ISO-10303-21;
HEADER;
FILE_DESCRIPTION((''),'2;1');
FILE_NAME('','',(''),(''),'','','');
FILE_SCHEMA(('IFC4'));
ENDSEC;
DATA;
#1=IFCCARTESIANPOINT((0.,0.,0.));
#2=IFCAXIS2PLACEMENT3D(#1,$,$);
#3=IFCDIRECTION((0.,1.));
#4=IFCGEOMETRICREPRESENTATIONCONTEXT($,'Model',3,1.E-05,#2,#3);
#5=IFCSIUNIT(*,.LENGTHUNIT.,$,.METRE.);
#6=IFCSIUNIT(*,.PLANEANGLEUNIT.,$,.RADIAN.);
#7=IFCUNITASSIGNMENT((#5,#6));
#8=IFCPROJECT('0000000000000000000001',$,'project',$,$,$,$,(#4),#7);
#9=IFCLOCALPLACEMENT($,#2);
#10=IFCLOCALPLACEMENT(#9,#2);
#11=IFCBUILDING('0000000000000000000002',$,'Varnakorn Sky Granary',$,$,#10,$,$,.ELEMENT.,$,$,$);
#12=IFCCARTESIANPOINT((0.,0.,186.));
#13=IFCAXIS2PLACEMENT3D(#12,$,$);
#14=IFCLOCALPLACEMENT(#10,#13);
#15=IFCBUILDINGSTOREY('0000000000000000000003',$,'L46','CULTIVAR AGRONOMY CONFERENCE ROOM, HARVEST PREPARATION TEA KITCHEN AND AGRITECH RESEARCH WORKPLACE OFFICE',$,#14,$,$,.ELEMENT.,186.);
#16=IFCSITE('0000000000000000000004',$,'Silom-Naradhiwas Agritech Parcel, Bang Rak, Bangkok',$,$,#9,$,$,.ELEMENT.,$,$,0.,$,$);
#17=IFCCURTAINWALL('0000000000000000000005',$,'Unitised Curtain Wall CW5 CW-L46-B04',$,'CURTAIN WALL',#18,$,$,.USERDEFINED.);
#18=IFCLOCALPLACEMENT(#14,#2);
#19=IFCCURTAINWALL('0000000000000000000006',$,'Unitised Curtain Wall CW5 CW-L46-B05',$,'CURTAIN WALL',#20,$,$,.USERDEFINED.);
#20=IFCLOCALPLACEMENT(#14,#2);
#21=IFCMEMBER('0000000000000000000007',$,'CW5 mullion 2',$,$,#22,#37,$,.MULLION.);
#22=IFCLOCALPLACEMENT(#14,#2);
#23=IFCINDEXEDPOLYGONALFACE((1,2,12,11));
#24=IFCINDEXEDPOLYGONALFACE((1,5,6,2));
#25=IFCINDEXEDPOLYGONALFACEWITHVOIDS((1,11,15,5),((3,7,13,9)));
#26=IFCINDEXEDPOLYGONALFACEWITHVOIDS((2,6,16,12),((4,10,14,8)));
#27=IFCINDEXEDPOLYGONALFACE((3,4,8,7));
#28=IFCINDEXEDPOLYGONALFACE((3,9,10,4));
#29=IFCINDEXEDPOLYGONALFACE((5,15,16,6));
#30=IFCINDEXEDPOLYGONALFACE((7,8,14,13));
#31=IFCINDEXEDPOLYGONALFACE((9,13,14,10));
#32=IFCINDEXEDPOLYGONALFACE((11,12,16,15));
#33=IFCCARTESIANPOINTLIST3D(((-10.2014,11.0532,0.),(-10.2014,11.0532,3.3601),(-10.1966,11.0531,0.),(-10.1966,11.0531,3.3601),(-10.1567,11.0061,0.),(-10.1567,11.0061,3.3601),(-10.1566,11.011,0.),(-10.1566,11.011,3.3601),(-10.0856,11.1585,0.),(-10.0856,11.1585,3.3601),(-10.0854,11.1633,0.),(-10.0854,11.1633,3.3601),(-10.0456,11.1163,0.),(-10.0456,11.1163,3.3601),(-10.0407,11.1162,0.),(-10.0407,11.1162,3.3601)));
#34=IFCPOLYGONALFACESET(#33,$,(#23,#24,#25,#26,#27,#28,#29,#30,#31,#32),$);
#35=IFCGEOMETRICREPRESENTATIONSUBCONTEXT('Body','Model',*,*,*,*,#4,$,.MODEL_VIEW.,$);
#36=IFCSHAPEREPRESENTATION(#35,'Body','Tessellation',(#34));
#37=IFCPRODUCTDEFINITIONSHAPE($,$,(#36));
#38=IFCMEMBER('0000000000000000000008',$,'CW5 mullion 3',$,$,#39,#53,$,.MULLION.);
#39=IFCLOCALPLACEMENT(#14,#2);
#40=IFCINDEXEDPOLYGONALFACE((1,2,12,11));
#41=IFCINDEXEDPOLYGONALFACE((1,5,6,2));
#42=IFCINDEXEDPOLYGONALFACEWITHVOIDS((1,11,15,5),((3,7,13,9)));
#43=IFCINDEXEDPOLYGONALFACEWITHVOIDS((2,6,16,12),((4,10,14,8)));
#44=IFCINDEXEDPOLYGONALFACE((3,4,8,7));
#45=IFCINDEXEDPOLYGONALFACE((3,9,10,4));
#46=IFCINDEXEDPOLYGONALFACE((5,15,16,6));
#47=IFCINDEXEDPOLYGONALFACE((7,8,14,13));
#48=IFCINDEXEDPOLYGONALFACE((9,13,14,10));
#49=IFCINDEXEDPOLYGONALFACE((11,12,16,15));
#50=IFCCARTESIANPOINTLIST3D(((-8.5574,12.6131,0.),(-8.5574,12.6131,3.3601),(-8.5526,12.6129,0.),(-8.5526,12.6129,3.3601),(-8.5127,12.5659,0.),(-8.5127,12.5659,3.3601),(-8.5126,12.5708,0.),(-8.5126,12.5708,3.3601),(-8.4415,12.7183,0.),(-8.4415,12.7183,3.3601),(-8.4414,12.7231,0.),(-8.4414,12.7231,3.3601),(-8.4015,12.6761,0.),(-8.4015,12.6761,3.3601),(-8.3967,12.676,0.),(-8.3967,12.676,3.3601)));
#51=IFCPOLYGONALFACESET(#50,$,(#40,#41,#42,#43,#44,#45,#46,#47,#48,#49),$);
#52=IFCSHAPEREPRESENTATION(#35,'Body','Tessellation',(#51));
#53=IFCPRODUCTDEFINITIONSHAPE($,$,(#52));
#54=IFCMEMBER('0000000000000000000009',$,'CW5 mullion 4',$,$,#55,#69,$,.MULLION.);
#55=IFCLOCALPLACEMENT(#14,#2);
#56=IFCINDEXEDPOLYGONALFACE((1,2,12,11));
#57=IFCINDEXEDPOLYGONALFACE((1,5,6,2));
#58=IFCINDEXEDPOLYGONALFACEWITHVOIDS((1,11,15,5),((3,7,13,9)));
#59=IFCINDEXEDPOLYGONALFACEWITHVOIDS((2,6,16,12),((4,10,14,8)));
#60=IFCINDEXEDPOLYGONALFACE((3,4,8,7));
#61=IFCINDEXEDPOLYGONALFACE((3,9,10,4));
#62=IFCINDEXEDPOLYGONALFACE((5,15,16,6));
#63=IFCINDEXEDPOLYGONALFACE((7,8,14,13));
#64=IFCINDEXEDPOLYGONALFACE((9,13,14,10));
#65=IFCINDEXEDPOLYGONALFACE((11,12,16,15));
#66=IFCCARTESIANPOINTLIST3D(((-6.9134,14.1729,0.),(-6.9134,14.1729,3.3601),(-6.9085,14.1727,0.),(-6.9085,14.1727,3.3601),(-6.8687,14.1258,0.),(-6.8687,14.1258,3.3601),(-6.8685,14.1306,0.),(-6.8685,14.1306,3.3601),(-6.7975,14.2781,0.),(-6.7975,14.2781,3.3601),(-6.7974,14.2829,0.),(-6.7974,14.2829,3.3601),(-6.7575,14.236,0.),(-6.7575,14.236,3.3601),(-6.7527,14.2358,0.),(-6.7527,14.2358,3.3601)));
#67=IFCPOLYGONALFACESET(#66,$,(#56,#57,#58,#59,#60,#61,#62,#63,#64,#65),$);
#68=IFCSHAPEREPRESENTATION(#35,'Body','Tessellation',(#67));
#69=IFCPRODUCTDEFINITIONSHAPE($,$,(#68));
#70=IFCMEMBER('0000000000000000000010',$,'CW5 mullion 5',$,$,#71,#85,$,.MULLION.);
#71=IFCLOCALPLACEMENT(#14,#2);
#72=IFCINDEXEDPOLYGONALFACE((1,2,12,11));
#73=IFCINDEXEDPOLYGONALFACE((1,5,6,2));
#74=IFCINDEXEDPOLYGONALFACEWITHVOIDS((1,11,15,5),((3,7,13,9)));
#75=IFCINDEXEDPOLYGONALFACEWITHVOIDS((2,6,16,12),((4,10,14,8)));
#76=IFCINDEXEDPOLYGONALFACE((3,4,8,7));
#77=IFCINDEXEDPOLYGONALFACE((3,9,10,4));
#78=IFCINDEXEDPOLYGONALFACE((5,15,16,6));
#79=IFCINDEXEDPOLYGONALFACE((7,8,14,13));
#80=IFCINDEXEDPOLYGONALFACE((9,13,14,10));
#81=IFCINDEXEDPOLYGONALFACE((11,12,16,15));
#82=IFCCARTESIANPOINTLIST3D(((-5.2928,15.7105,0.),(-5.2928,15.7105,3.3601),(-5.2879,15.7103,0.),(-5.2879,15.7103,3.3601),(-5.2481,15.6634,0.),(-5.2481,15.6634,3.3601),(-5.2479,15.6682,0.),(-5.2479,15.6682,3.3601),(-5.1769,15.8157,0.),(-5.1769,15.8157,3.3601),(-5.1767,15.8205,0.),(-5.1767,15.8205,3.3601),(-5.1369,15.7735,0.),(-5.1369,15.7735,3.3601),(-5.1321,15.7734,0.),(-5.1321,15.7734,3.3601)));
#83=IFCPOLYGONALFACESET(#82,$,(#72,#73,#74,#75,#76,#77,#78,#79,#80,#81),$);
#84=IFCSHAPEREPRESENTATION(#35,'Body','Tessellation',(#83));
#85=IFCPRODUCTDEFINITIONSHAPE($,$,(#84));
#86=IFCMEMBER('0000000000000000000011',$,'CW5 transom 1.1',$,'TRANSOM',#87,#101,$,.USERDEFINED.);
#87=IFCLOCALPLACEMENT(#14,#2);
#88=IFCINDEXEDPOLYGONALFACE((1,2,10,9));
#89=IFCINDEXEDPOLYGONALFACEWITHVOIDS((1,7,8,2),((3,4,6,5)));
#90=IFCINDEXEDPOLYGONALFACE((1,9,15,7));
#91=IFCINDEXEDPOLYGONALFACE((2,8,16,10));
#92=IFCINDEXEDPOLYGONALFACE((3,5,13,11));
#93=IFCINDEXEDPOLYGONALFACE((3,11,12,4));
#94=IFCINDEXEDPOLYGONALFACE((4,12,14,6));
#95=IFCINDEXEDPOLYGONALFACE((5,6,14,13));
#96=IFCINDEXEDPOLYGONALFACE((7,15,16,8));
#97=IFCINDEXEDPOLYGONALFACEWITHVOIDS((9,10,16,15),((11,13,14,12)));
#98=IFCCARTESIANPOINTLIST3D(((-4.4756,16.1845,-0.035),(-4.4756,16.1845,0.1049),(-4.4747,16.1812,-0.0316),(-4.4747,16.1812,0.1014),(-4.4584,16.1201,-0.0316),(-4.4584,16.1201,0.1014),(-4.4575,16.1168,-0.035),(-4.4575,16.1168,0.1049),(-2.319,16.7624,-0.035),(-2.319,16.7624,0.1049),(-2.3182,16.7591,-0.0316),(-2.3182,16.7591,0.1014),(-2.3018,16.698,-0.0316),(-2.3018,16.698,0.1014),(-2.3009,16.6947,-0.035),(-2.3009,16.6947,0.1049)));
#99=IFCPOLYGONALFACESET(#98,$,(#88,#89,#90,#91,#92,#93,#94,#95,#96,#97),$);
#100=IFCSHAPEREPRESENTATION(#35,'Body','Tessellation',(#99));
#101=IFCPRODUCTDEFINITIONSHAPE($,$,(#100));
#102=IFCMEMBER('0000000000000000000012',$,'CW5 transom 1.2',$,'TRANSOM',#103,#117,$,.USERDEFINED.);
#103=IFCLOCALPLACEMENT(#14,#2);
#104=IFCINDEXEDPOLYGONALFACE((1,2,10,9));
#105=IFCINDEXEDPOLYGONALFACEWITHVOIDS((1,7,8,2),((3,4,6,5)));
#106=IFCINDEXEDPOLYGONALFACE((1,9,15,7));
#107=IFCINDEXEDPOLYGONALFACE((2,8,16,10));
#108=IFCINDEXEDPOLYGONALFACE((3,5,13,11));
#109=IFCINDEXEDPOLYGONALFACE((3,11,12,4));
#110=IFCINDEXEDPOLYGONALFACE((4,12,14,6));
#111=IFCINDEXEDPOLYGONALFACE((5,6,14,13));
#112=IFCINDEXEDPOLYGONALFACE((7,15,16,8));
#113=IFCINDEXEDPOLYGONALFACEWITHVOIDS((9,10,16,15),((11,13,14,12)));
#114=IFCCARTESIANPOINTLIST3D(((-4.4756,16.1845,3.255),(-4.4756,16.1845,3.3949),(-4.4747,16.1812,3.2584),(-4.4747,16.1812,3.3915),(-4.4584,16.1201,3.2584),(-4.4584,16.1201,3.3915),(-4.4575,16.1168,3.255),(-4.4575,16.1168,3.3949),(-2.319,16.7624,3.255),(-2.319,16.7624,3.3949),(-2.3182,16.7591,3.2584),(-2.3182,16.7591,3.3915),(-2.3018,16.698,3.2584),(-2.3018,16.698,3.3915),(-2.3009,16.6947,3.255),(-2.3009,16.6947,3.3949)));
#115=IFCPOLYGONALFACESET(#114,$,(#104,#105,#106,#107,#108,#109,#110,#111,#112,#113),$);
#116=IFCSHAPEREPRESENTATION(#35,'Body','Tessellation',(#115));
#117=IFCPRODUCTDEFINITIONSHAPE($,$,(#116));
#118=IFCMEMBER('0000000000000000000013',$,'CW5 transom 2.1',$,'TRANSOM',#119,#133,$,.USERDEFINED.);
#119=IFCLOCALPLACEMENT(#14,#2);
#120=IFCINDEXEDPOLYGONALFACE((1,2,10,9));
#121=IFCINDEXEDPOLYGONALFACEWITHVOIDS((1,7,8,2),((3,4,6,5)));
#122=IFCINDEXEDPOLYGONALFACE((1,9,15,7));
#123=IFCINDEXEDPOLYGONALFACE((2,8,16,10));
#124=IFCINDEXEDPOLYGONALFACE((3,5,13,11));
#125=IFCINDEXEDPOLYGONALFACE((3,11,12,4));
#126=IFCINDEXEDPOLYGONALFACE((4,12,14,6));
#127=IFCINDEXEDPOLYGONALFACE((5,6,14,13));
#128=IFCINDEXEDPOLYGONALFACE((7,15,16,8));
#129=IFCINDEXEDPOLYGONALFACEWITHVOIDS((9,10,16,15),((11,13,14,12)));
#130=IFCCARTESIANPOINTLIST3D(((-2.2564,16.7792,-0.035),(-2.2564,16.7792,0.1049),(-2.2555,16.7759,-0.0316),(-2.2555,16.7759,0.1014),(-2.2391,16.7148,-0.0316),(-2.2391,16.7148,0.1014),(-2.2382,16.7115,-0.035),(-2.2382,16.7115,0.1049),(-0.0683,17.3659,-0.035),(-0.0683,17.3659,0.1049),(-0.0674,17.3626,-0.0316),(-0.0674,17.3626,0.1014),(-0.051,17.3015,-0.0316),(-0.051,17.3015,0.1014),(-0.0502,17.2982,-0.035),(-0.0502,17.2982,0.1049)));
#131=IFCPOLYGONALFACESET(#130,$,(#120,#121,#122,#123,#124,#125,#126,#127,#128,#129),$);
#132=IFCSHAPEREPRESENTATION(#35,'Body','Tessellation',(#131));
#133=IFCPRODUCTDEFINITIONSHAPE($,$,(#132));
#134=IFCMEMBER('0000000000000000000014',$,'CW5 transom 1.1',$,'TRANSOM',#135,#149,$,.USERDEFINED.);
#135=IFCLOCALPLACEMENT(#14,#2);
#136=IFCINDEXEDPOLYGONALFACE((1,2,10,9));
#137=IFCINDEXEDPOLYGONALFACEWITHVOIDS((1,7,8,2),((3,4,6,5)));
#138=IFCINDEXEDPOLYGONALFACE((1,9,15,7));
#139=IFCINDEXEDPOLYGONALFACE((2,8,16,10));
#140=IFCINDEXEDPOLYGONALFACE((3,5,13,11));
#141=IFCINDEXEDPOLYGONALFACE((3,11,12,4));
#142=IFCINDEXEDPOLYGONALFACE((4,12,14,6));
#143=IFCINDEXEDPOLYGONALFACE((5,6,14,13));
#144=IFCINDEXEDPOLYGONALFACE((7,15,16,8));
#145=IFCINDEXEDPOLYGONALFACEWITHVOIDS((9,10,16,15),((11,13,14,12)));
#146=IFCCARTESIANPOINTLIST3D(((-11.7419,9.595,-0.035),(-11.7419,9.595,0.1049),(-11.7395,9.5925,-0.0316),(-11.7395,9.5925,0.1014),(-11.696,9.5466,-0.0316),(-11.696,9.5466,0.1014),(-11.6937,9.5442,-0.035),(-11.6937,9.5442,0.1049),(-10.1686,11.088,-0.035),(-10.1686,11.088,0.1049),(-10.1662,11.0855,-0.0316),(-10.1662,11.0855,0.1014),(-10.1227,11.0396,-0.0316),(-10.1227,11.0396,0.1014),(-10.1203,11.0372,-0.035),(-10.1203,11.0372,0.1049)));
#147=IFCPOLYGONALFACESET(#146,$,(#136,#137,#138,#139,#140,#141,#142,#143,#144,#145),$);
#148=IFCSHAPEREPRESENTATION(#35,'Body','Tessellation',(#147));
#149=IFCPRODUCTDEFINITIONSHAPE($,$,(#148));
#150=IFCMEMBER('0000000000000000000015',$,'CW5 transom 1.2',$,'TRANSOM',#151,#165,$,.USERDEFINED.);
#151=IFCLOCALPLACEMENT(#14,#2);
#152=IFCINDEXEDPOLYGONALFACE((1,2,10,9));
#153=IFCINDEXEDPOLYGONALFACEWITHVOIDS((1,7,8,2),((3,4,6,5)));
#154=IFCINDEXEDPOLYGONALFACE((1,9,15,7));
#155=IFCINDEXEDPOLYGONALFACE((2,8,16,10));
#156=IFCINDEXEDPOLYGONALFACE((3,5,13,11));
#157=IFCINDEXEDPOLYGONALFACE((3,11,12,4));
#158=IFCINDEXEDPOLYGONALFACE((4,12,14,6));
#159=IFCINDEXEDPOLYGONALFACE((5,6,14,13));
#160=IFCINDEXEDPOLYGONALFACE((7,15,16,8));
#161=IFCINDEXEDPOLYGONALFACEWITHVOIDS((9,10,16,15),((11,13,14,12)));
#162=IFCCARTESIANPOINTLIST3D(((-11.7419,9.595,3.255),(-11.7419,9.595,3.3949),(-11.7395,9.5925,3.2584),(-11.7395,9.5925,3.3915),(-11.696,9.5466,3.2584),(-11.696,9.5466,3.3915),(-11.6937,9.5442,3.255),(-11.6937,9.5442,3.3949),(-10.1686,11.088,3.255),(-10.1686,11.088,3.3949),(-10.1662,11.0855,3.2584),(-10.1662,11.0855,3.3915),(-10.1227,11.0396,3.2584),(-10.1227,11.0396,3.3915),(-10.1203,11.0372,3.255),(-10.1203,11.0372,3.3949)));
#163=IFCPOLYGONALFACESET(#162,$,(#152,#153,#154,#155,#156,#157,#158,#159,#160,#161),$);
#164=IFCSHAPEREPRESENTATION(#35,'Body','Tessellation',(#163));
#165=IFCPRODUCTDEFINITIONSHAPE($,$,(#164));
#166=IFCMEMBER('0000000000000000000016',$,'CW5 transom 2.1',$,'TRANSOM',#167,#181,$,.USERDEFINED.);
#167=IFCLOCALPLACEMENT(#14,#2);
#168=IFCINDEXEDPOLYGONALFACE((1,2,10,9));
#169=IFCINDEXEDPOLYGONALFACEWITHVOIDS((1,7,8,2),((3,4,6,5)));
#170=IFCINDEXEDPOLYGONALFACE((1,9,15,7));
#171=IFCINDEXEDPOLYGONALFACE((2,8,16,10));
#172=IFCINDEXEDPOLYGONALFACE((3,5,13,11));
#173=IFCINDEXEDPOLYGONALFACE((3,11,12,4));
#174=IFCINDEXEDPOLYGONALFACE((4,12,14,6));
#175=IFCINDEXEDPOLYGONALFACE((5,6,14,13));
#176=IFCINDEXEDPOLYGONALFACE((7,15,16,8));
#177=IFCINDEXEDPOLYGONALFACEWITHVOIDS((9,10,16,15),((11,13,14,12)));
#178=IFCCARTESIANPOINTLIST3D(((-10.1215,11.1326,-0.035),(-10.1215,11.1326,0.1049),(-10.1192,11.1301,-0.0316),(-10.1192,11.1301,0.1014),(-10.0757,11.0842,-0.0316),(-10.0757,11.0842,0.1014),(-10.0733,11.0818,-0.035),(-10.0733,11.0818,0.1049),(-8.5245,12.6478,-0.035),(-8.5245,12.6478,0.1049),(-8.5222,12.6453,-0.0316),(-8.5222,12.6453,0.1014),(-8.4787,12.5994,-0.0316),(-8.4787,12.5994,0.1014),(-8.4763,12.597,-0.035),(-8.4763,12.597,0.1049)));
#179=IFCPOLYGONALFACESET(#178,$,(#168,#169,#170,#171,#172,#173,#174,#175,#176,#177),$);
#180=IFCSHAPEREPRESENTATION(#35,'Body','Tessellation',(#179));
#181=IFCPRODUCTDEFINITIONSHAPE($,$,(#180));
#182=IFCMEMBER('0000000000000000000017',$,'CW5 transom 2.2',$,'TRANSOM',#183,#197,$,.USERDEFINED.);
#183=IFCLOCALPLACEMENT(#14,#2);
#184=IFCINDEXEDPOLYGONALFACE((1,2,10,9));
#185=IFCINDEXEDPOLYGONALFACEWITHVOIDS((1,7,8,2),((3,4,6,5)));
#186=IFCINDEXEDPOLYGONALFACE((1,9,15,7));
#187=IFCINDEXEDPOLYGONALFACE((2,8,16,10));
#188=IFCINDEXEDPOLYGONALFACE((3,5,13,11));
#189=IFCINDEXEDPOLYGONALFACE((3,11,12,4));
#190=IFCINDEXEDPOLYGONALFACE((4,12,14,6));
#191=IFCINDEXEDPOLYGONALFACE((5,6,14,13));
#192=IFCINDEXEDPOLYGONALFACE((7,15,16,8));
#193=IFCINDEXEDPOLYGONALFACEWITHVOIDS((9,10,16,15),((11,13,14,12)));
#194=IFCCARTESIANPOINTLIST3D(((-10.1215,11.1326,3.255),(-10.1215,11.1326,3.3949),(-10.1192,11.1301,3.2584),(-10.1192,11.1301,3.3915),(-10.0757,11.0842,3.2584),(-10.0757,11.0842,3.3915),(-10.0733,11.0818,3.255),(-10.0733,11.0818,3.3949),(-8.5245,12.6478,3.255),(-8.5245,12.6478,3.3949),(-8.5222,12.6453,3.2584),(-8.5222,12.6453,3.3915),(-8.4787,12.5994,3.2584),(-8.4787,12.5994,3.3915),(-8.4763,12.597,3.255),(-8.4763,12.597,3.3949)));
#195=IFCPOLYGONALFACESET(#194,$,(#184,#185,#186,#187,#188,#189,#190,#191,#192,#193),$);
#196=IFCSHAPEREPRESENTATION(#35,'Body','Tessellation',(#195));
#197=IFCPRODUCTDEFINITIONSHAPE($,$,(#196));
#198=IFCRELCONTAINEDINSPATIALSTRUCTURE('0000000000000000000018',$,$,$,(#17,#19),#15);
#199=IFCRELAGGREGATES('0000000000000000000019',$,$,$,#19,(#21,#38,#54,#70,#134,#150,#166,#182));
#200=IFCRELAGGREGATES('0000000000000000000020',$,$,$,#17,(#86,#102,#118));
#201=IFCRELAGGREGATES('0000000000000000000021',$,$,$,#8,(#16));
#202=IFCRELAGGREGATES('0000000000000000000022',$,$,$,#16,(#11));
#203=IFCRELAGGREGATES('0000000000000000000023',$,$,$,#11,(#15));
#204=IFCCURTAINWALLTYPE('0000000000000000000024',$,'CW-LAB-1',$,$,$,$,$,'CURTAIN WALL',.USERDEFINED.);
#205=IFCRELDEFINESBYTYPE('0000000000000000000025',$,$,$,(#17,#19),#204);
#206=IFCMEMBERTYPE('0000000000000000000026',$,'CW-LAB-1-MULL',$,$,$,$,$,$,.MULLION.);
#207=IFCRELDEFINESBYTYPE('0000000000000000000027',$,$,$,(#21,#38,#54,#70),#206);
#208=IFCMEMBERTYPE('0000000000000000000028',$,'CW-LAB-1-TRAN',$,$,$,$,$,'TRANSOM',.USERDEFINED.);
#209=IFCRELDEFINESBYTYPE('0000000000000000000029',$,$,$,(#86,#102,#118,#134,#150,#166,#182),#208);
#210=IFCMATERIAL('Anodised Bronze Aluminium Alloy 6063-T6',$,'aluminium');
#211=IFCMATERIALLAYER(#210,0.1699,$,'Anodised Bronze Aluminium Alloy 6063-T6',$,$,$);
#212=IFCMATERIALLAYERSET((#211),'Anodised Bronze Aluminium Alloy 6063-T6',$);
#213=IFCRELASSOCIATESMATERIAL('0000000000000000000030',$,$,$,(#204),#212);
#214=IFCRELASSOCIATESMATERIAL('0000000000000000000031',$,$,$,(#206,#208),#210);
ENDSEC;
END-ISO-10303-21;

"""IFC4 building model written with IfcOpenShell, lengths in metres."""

from ifc_helpers import new_model, si_unit, direction, frame, origin, origin_2d, place, context, subcontext, project, spatial, hollow_rectangle, extrude, material, layer, layer_set, material_profile, profile_set, type_object, element, aggregate, save


model = new_model("IFC4")

# Units and contexts
model_context = context("Model", 3, precision=1e-05, world=origin(), true_north=direction((0.0, 1.0)))
body_context = subcontext(model_context, "Body", "Model", "MODEL_VIEW")
ifc_project = project(units=[si_unit("LENGTHUNIT", "METRE"), si_unit("PLANEANGLEUNIT", "RADIAN")], contexts=[model_context])

# Site, building, storey
site_placement = place(None, origin())
site = spatial("IfcSite", under=ifc_project, at=site_placement, Name="Silom-Naradhiwas Agritech Parcel, Bang Rak, Bangkok", CompositionType="ELEMENT", RefElevation=0.0)
building_placement = place(site_placement, origin())
building = spatial("IfcBuilding", under=site, at=building_placement, Name="Varnakorn Sky Granary", CompositionType="ELEMENT")
storey_placement = place(building_placement, frame((0.0, 0.0, 186.0)))
storey = spatial("IfcBuildingStorey", under=building, at=storey_placement, Name="L46", Description="CULTIVAR AGRONOMY CONFERENCE ROOM, HARVEST PREPARATION TEA KITCHEN AND AGRITECH RESEARCH WORKPLACE OFFICE", CompositionType="ELEMENT", Elevation=186.0)

# Curtain walls, members
ifc_material_1 = material(Name="Anodised Bronze Aluminium Alloy 6063-T6", Category="aluminium")
ifc_layer_1 = layer(ifc_material_1, 0.1699, Name="Anodised Bronze Aluminium Alloy 6063-T6")
ifc_layer_set_1 = layer_set([ifc_layer_1], Name="Anodised Bronze Aluminium Alloy 6063-T6")
curtain_wall_type = type_object("IfcCurtainWallType", Name="CW-LAB-1", ElementType="CURTAIN WALL", PredefinedType="USERDEFINED", material=ifc_layer_set_1)
curtain_wall_1_placement = place(storey_placement, origin())
curtain_wall_1 = element("IfcCurtainWall", 1, at=curtain_wall_1_placement, inside=storey, type_object=curtain_wall_type, Name="Unitised Curtain Wall CW5 CW-L46-B04", ObjectType="CURTAIN WALL", PredefinedType="USERDEFINED")
ifc_material_profile_1 = material_profile(ifc_material_1, hollow_rectangle(XDim=0.0649, YDim=0.1599, WallThickness=0.0034, at=origin_2d()), Name="ALU MULL 65x160")
ifc_profile_set_1 = profile_set([ifc_material_profile_1], Name="Anodised Bronze Aluminium Alloy 6063-T6")
member_type_1 = type_object("IfcMemberType", Name="CW-LAB-1-MULL", PredefinedType="MULLION", material=ifc_profile_set_1)
curtain_wall_2_placement = place(storey_placement, origin())
curtain_wall_2 = element("IfcCurtainWall", 2, at=curtain_wall_2_placement, inside=storey, type_object=curtain_wall_type, Name="Unitised Curtain Wall CW5 CW-L46-B05", ObjectType="CURTAIN WALL", PredefinedType="USERDEFINED")
member_1_placement = place(storey_placement, frame((-10.1211, 11.0847, 0.0), z_axis=(0.0, 0.0, 1.0), x_axis=(-0.688292, 0.725434, 0.0)))
member_1 = element("IfcMember", 3, at=member_1_placement, type_object=member_type_1, Name="CW5 mullion 2", PredefinedType="MULLION", context=body_context, shape_type="SweptSolid", body=[
    extrude(hollow_rectangle(XDim=0.0649, YDim=0.1599, WallThickness=0.0034, at=origin_2d()), origin(), (0.0, 0.0, 1.0), 3.3601),
])
member_2_placement = place(storey_placement, frame((-8.4771, 12.6445, 0.0), z_axis=(0.0, 0.0, 1.0), x_axis=(-0.688292, 0.725434, 0.0)))
member_2 = element("IfcMember", 4, at=member_2_placement, type_object=member_type_1, Name="CW5 mullion 3", PredefinedType="MULLION", context=body_context, shape_type="SweptSolid", body=[
    extrude(hollow_rectangle(XDim=0.0649, YDim=0.1599, WallThickness=0.0034, at=origin_2d()), origin(), (0.0, 0.0, 1.0), 3.3601),
])
member_3_placement = place(storey_placement, frame((-6.833, 14.2043, 0.0), z_axis=(0.0, 0.0, 1.0), x_axis=(-0.688292, 0.725434, 0.0)))
member_3 = element("IfcMember", 5, at=member_3_placement, type_object=member_type_1, Name="CW5 mullion 4", PredefinedType="MULLION", context=body_context, shape_type="SweptSolid", body=[
    extrude(hollow_rectangle(XDim=0.0649, YDim=0.1599, WallThickness=0.0034, at=origin_2d()), origin(), (0.0, 0.0, 1.0), 3.3601),
])
member_4_placement = place(storey_placement, frame((-5.2124, 15.7419, 0.0), z_axis=(0.0, 0.0, 1.0), x_axis=(-0.688292, 0.725434, 0.0)))
member_4 = element("IfcMember", 6, at=member_4_placement, type_object=member_type_1, Name="CW5 mullion 5", PredefinedType="MULLION", context=body_context, shape_type="SweptSolid", body=[
    extrude(hollow_rectangle(XDim=0.0649, YDim=0.1599, WallThickness=0.0034, at=origin_2d()), origin(), (0.0, 0.0, 1.0), 3.3601),
])

# Members
ifc_material_profile_2 = material_profile(ifc_material_1, hollow_rectangle(XDim=0.0701, YDim=0.1399, WallThickness=0.0034, at=origin_2d()), Name="ALU TRAN 70x140")
ifc_profile_set_2 = profile_set([ifc_material_profile_2], Name="Anodised Bronze Aluminium Alloy 6063-T6")
member_type_2 = type_object("IfcMemberType", Name="CW-LAB-1-TRAN", ElementType="TRANSOM", PredefinedType="USERDEFINED", material=ifc_profile_set_2)
member_5_placement = place(storey_placement, frame((-4.4666, 16.1506, 0.0349), z_axis=(0.96592, 0.25884, 0.0), x_axis=(-0.25884, 0.96592, 0.0)))
member_5 = element("IfcMember", 7, at=member_5_placement, type_object=member_type_2, Name="CW5 transom 1.1", ObjectType="TRANSOM", PredefinedType="USERDEFINED", context=body_context, shape_type="SweptSolid", body=[
    extrude(hollow_rectangle(XDim=0.0701, YDim=0.1399, WallThickness=0.0034, at=origin_2d()), origin(), (0.0, 0.0, 1.0), 2.2327),
])
member_6_placement = place(storey_placement, frame((-4.4666, 16.1506, 3.325), z_axis=(0.96592, 0.25884, 0.0), x_axis=(-0.25884, 0.96592, 0.0)))
member_6 = element("IfcMember", 8, at=member_6_placement, type_object=member_type_2, Name="CW5 transom 1.2", ObjectType="TRANSOM", PredefinedType="USERDEFINED", context=body_context, shape_type="SweptSolid", body=[
    extrude(hollow_rectangle(XDim=0.0701, YDim=0.1399, WallThickness=0.0034, at=origin_2d()), origin(), (0.0, 0.0, 1.0), 2.2327),
])
member_7_placement = place(storey_placement, frame((-2.2473, 16.7454, 0.0349), z_axis=(0.965882, 0.258984, 0.0), x_axis=(-0.258984, 0.965882, 0.0)))
member_7 = element("IfcMember", 9, at=member_7_placement, type_object=member_type_2, Name="CW5 transom 2.1", ObjectType="TRANSOM", PredefinedType="USERDEFINED", context=body_context, shape_type="SweptSolid", body=[
    extrude(hollow_rectangle(XDim=0.0701, YDim=0.1399, WallThickness=0.0034, at=origin_2d()), origin(), (0.0, 0.0, 1.0), 2.2654),
])
member_8_placement = place(storey_placement, frame((-11.7178, 9.5696, 0.0349), z_axis=(0.725382, 0.688347, 0.0), x_axis=(-0.688347, 0.725382, 0.0)))
member_8 = element("IfcMember", 10, at=member_8_placement, type_object=member_type_2, Name="CW5 transom 1.1", ObjectType="TRANSOM", PredefinedType="USERDEFINED", context=body_context, shape_type="SweptSolid", body=[
    extrude(hollow_rectangle(XDim=0.0701, YDim=0.1399, WallThickness=0.0034, at=origin_2d()), origin(), (0.0, 0.0, 1.0), 2.1689),
])
member_9_placement = place(storey_placement, frame((-11.7178, 9.5696, 3.325), z_axis=(0.725382, 0.688347, 0.0), x_axis=(-0.688347, 0.725382, 0.0)))
member_9 = element("IfcMember", 11, at=member_9_placement, type_object=member_type_2, Name="CW5 transom 1.2", ObjectType="TRANSOM", PredefinedType="USERDEFINED", context=body_context, shape_type="SweptSolid", body=[
    extrude(hollow_rectangle(XDim=0.0701, YDim=0.1399, WallThickness=0.0034, at=origin_2d()), origin(), (0.0, 0.0, 1.0), 2.1689),
])
member_10_placement = place(storey_placement, frame((-10.0974, 11.1072, 0.0349), z_axis=(0.72544, 0.688286, 0.0), x_axis=(-0.688286, 0.72544, 0.0)))
member_10 = element("IfcMember", 12, at=member_10_placement, type_object=member_type_2, Name="CW5 transom 2.1", ObjectType="TRANSOM", PredefinedType="USERDEFINED", context=body_context, shape_type="SweptSolid", body=[
    extrude(hollow_rectangle(XDim=0.0701, YDim=0.1399, WallThickness=0.0034, at=origin_2d()), origin(), (0.0, 0.0, 1.0), 2.2014),
])
member_11_placement = place(storey_placement, frame((-10.0974, 11.1072, 3.325), z_axis=(0.72544, 0.688286, 0.0), x_axis=(-0.688286, 0.72544, 0.0)))
member_11 = element("IfcMember", 13, at=member_11_placement, type_object=member_type_2, Name="CW5 transom 2.2", ObjectType="TRANSOM", PredefinedType="USERDEFINED", context=body_context, shape_type="SweptSolid", body=[
    extrude(hollow_rectangle(XDim=0.0701, YDim=0.1399, WallThickness=0.0034, at=origin_2d()), origin(), (0.0, 0.0, 1.0), 2.2014),
])

aggregate(curtain_wall_2, [member_1, member_2, member_3, member_4, member_8, member_9, member_10, member_11])
aggregate(curtain_wall_1, [member_5, member_6, member_7])

save(model, "model.ifc")
